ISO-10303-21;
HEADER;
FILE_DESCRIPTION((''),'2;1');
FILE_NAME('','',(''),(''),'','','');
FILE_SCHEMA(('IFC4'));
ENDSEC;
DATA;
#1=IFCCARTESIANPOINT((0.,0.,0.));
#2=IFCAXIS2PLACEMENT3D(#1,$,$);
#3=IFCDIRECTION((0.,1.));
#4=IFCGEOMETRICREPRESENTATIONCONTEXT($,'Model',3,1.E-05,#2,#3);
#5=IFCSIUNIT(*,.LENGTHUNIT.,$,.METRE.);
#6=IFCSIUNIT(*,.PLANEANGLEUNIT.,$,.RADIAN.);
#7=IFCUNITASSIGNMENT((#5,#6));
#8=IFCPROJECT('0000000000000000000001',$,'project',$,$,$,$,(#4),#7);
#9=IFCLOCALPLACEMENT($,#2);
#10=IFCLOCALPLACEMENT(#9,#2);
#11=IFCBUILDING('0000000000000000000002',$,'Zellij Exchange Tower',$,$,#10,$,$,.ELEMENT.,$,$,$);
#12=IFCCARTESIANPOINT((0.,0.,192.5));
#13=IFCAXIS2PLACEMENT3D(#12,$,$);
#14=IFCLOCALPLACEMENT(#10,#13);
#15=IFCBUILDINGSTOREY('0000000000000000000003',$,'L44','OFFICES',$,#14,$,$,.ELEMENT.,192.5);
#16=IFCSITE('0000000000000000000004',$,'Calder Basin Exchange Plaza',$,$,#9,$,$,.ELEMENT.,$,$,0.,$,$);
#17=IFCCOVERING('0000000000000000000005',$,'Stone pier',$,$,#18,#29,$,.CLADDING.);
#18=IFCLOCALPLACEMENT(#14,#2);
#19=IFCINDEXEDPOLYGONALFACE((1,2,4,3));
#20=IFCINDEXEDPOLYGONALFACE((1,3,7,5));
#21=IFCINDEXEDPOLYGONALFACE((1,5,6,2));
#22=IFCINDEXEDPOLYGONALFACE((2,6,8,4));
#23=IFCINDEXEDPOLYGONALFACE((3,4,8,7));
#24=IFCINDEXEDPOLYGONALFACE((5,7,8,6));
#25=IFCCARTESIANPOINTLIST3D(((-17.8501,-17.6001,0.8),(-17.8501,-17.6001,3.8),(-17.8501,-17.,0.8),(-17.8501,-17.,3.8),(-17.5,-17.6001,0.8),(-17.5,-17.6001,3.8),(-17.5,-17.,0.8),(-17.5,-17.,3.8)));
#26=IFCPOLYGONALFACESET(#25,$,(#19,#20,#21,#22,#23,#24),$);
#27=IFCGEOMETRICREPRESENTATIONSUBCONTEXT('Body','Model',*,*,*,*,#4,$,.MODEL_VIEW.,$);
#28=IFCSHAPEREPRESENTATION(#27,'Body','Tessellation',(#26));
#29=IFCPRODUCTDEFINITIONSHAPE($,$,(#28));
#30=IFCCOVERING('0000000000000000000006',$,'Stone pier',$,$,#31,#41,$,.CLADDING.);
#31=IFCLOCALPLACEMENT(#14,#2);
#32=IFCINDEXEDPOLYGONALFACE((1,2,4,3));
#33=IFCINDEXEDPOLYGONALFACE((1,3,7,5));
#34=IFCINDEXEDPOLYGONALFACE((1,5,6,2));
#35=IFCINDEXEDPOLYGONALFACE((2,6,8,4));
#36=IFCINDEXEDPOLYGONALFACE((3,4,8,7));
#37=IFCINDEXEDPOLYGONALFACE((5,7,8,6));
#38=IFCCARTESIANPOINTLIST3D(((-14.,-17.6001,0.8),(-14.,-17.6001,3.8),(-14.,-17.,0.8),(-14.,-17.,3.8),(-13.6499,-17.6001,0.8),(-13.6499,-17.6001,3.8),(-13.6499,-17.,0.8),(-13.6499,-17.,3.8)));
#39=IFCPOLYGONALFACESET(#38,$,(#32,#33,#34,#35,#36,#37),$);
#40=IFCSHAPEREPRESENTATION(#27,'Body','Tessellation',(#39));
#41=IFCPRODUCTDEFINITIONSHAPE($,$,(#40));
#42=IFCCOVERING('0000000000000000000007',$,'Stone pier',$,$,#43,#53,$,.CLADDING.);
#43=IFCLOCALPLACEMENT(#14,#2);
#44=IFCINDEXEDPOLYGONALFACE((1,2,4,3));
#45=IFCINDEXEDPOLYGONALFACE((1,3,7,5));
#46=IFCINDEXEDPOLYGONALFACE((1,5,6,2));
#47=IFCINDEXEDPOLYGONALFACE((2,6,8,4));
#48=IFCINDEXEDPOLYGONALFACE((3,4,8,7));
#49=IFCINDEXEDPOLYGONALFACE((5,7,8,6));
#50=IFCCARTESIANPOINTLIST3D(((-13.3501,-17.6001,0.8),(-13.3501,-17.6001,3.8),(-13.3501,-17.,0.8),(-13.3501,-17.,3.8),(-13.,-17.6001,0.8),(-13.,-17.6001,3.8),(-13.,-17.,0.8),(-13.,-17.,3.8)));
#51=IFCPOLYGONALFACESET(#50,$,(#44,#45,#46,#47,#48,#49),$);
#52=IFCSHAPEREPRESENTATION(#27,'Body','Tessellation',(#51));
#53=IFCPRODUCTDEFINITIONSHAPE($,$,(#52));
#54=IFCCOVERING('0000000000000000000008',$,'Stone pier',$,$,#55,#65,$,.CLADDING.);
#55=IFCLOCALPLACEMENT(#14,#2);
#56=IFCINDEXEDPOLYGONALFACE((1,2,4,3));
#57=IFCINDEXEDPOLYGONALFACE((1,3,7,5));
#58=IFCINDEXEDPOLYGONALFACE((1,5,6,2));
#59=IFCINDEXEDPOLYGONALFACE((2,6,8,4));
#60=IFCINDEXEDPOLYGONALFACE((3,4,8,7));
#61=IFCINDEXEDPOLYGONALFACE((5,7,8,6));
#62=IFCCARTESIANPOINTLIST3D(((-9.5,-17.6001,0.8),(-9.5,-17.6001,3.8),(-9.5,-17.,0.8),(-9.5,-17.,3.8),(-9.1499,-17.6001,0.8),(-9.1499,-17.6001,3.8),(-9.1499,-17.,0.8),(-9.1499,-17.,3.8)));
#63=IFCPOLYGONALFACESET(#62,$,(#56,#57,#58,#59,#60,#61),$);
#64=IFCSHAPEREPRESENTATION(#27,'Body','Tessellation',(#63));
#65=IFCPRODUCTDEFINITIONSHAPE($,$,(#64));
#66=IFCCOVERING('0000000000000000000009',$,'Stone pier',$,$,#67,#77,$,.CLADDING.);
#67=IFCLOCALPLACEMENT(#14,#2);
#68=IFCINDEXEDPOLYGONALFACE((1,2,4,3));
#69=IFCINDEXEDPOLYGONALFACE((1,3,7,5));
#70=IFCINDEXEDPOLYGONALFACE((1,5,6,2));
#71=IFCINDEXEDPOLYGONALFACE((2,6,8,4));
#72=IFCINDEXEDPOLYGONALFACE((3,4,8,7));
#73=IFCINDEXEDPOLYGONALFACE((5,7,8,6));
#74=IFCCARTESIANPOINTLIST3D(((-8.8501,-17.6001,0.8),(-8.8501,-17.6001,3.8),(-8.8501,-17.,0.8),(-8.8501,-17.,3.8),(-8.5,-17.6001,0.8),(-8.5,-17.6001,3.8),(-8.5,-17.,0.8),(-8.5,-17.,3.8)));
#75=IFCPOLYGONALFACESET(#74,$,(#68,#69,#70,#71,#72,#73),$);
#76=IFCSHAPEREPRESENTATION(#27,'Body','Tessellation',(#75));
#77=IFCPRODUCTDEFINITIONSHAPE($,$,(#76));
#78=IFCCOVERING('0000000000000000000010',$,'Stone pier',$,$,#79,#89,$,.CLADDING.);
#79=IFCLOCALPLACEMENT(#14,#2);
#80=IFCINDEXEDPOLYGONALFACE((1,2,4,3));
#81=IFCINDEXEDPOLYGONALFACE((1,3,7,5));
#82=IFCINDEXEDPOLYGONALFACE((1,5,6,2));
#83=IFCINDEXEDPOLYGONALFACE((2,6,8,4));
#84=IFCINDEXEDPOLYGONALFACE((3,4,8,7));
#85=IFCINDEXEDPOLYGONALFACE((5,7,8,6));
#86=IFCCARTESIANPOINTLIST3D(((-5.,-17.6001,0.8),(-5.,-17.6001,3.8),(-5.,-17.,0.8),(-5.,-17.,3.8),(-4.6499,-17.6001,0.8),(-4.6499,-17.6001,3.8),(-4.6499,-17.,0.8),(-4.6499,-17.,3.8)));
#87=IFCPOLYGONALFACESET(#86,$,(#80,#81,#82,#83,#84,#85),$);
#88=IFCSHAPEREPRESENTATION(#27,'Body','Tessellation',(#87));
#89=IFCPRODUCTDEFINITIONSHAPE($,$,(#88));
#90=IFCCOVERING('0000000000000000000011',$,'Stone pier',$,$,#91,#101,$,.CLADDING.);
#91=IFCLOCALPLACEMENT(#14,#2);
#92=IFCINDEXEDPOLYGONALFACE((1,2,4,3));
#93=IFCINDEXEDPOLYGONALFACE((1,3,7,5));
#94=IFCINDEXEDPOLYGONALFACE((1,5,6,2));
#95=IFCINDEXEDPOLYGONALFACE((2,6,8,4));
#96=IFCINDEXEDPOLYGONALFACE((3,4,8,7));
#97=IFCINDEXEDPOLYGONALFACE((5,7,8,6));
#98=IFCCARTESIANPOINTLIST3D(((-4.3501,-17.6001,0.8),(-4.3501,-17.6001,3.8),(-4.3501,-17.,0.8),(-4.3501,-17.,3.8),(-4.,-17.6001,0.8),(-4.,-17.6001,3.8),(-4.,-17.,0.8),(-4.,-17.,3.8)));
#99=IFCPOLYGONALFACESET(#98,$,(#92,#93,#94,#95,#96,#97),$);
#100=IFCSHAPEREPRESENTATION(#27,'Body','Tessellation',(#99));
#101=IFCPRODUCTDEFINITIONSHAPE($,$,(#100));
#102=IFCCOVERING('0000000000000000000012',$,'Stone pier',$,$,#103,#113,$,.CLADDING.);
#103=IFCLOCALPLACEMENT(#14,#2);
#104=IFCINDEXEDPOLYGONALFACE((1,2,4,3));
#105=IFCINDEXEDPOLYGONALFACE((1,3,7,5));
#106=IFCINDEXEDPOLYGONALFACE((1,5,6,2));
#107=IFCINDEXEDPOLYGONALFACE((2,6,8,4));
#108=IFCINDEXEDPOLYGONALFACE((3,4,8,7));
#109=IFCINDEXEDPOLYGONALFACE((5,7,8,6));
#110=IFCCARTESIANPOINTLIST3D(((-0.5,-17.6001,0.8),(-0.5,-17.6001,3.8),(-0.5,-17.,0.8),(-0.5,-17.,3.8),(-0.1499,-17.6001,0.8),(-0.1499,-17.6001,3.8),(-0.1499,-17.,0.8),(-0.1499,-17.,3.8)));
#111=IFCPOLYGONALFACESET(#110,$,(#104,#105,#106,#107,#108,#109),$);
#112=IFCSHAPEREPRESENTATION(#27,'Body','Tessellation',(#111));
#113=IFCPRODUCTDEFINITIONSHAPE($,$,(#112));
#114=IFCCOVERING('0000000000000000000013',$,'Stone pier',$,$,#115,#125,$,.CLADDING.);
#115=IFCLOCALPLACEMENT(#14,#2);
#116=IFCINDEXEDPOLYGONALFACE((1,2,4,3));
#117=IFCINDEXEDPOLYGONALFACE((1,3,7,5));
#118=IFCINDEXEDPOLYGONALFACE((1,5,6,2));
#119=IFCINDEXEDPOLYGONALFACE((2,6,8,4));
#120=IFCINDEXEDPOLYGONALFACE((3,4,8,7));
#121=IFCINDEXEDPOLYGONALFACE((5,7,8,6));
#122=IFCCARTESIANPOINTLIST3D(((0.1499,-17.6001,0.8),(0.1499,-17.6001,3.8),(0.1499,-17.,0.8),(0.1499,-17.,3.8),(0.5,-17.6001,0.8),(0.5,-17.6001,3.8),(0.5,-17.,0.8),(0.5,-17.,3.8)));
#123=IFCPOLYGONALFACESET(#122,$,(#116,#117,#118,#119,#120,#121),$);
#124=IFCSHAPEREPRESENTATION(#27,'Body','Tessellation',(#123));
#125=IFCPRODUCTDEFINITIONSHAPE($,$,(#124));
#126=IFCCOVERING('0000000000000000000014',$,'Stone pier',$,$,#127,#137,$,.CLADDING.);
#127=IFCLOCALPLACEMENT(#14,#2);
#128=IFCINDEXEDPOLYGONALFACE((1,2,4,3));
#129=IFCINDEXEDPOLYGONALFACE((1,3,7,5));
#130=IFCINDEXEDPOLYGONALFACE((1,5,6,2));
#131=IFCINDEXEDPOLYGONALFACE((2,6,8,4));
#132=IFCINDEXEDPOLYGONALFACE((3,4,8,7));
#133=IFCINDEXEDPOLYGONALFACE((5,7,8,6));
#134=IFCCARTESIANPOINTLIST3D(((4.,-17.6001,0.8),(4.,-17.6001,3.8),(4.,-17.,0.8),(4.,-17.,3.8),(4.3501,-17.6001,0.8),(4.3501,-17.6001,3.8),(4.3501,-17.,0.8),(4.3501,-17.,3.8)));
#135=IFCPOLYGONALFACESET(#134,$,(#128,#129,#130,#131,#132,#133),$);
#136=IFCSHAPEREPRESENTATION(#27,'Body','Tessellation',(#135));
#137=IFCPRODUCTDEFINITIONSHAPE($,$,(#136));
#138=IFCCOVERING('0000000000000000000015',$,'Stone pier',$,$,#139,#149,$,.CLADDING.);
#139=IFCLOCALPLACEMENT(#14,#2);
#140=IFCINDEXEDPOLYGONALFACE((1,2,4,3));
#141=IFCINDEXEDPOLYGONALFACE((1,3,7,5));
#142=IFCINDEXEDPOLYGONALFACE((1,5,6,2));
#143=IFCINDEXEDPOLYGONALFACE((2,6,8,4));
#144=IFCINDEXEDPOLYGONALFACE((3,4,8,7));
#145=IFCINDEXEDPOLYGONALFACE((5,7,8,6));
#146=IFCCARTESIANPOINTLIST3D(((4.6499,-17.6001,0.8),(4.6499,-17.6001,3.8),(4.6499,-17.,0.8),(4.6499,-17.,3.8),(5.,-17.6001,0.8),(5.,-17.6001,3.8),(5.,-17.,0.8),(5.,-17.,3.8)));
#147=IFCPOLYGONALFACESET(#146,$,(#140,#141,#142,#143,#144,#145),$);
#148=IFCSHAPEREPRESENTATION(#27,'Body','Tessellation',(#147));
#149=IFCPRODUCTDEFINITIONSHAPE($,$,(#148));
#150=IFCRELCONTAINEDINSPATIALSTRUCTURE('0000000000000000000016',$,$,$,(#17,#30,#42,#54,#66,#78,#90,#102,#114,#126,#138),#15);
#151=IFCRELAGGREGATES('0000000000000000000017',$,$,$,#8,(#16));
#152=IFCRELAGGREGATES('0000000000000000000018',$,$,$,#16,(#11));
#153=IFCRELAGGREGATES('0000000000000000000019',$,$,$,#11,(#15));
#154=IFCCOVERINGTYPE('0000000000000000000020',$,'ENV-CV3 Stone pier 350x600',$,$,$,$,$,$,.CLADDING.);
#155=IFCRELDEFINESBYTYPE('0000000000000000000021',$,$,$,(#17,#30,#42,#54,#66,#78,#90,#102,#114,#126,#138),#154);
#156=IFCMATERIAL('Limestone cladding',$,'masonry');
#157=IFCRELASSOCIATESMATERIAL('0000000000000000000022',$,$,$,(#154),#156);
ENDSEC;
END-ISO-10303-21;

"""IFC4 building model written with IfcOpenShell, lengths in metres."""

from ifc_helpers import new_model, si_unit, direction, frame, origin, place, context, subcontext, project, spatial, polyline, outline, extrude, material, type_object, element, save


model = new_model("IFC4")

# Units and contexts
model_context = context("Model", 3, precision=1e-05, world=origin(), true_north=direction((0.0, 1.0)))
body_context = subcontext(model_context, "Body", "Model", "MODEL_VIEW")
ifc_project = project(units=[si_unit("LENGTHUNIT", "METRE"), si_unit("PLANEANGLEUNIT", "RADIAN")], contexts=[model_context])

# Site, building, storey
site_placement = place(None, origin())
site = spatial("IfcSite", under=ifc_project, at=site_placement, Name="Calder Basin Exchange Plaza", CompositionType="ELEMENT", RefElevation=0.0)
building_placement = place(site_placement, origin())
building = spatial("IfcBuilding", under=site, at=building_placement, Name="Zellij Exchange Tower", CompositionType="ELEMENT")
storey_placement = place(building_placement, frame((0.0, 0.0, 192.5)))
storey = spatial("IfcBuildingStorey", under=building, at=storey_placement, Name="L44", Description="OFFICES", CompositionType="ELEMENT", Elevation=192.5)

# Coverings
ifc_material_1 = material(Name="Limestone cladding", Category="masonry")
covering_type = type_object("IfcCoveringType", Name="ENV-CV3 Stone pier 350x600", PredefinedType="CLADDING", material=ifc_material_1)
covering_1_placement = place(storey_placement, frame((0.0, 0.0, 0.8)))
element("IfcCovering", 1, at=covering_1_placement, inside=storey, type_object=covering_type, Name="Stone pier", PredefinedType="CLADDING", context=body_context, shape_type="SweptSolid", body=[
    extrude(outline(polyline([(-17.8501, -17.0), (-17.5, -17.0), (-17.5, -17.6001), (-17.8501, -17.6001), (-17.8501, -17.0)])), origin(), (0.0, 0.0, 1.0), 3.0),
])
covering_2_placement = place(storey_placement, frame((0.0, 0.0, 0.8)))
element("IfcCovering", 2, at=covering_2_placement, inside=storey, type_object=covering_type, Name="Stone pier", PredefinedType="CLADDING", context=body_context, shape_type="SweptSolid", body=[
    extrude(outline(polyline([(-14.0, -17.0), (-13.6499, -17.0), (-13.6499, -17.6001), (-14.0, -17.6001), (-14.0, -17.0)])), origin(), (0.0, 0.0, 1.0), 3.0),
])
covering_3_placement = place(storey_placement, frame((0.0, 0.0, 0.8)))
element("IfcCovering", 3, at=covering_3_placement, inside=storey, type_object=covering_type, Name="Stone pier", PredefinedType="CLADDING", context=body_context, shape_type="SweptSolid", body=[
    extrude(outline(polyline([(-13.3501, -17.0), (-13.0, -17.0), (-13.0, -17.6001), (-13.3501, -17.6001), (-13.3501, -17.0)])), origin(), (0.0, 0.0, 1.0), 3.0),
])
covering_4_placement = place(storey_placement, frame((0.0, 0.0, 0.8)))
element("IfcCovering", 4, at=covering_4_placement, inside=storey, type_object=covering_type, Name="Stone pier", PredefinedType="CLADDING", context=body_context, shape_type="SweptSolid", body=[
    extrude(outline(polyline([(-9.5, -17.0), (-9.1499, -17.0), (-9.1499, -17.6001), (-9.5, -17.6001), (-9.5, -17.0)])), origin(), (0.0, 0.0, 1.0), 3.0),
])
covering_5_placement = place(storey_placement, frame((0.0, 0.0, 0.8)))
element("IfcCovering", 5, at=covering_5_placement, inside=storey, type_object=covering_type, Name="Stone pier", PredefinedType="CLADDING", context=body_context, shape_type="SweptSolid", body=[
    extrude(outline(polyline([(-8.8501, -17.0), (-8.5, -17.0), (-8.5, -17.6001), (-8.8501, -17.6001), (-8.8501, -17.0)])), origin(), (0.0, 0.0, 1.0), 3.0),
])
covering_6_placement = place(storey_placement, frame((0.0, 0.0, 0.8)))
element("IfcCovering", 6, at=covering_6_placement, inside=storey, type_object=covering_type, Name="Stone pier", PredefinedType="CLADDING", context=body_context, shape_type="SweptSolid", body=[
    extrude(outline(polyline([(-5.0, -17.0), (-4.6499, -17.0), (-4.6499, -17.6001), (-5.0, -17.6001), (-5.0, -17.0)])), origin(), (0.0, 0.0, 1.0), 3.0),
])
covering_7_placement = place(storey_placement, frame((0.0, 0.0, 0.8)))
element("IfcCovering", 7, at=covering_7_placement, inside=storey, type_object=covering_type, Name="Stone pier", PredefinedType="CLADDING", context=body_context, shape_type="SweptSolid", body=[
    extrude(outline(polyline([(-4.3501, -17.0), (-4.0, -17.0), (-4.0, -17.6001), (-4.3501, -17.6001), (-4.3501, -17.0)])), origin(), (0.0, 0.0, 1.0), 3.0),
])
covering_8_placement = place(storey_placement, frame((0.0, 0.0, 0.8)))
element("IfcCovering", 8, at=covering_8_placement, inside=storey, type_object=covering_type, Name="Stone pier", PredefinedType="CLADDING", context=body_context, shape_type="SweptSolid", body=[
    extrude(outline(polyline([(-0.5, -17.0), (-0.1499, -17.0), (-0.1499, -17.6001), (-0.5, -17.6001), (-0.5, -17.0)])), origin(), (0.0, 0.0, 1.0), 3.0),
])
covering_9_placement = place(storey_placement, frame((0.0, 0.0, 0.8)))
element("IfcCovering", 9, at=covering_9_placement, inside=storey, type_object=covering_type, Name="Stone pier", PredefinedType="CLADDING", context=body_context, shape_type="SweptSolid", body=[
    extrude(outline(polyline([(0.1499, -17.0), (0.5, -17.0), (0.5, -17.6001), (0.1499, -17.6001), (0.1499, -17.0)])), origin(), (0.0, 0.0, 1.0), 3.0),
])
covering_10_placement = place(storey_placement, frame((0.0, 0.0, 0.8)))
element("IfcCovering", 10, at=covering_10_placement, inside=storey, type_object=covering_type, Name="Stone pier", PredefinedType="CLADDING", context=body_context, shape_type="SweptSolid", body=[
    extrude(outline(polyline([(4.0, -17.0), (4.3501, -17.0), (4.3501, -17.6001), (4.0, -17.6001), (4.0, -17.0)])), origin(), (0.0, 0.0, 1.0), 3.0),
])
covering_11_placement = place(storey_placement, frame((0.0, 0.0, 0.8)))
element("IfcCovering", 11, at=covering_11_placement, inside=storey, type_object=covering_type, Name="Stone pier", PredefinedType="CLADDING", context=body_context, shape_type="SweptSolid", body=[
    extrude(outline(polyline([(4.6499, -17.0), (5.0, -17.0), (5.0, -17.6001), (4.6499, -17.6001), (4.6499, -17.0)])), origin(), (0.0, 0.0, 1.0), 3.0),
])

save(model, "model.ifc")
